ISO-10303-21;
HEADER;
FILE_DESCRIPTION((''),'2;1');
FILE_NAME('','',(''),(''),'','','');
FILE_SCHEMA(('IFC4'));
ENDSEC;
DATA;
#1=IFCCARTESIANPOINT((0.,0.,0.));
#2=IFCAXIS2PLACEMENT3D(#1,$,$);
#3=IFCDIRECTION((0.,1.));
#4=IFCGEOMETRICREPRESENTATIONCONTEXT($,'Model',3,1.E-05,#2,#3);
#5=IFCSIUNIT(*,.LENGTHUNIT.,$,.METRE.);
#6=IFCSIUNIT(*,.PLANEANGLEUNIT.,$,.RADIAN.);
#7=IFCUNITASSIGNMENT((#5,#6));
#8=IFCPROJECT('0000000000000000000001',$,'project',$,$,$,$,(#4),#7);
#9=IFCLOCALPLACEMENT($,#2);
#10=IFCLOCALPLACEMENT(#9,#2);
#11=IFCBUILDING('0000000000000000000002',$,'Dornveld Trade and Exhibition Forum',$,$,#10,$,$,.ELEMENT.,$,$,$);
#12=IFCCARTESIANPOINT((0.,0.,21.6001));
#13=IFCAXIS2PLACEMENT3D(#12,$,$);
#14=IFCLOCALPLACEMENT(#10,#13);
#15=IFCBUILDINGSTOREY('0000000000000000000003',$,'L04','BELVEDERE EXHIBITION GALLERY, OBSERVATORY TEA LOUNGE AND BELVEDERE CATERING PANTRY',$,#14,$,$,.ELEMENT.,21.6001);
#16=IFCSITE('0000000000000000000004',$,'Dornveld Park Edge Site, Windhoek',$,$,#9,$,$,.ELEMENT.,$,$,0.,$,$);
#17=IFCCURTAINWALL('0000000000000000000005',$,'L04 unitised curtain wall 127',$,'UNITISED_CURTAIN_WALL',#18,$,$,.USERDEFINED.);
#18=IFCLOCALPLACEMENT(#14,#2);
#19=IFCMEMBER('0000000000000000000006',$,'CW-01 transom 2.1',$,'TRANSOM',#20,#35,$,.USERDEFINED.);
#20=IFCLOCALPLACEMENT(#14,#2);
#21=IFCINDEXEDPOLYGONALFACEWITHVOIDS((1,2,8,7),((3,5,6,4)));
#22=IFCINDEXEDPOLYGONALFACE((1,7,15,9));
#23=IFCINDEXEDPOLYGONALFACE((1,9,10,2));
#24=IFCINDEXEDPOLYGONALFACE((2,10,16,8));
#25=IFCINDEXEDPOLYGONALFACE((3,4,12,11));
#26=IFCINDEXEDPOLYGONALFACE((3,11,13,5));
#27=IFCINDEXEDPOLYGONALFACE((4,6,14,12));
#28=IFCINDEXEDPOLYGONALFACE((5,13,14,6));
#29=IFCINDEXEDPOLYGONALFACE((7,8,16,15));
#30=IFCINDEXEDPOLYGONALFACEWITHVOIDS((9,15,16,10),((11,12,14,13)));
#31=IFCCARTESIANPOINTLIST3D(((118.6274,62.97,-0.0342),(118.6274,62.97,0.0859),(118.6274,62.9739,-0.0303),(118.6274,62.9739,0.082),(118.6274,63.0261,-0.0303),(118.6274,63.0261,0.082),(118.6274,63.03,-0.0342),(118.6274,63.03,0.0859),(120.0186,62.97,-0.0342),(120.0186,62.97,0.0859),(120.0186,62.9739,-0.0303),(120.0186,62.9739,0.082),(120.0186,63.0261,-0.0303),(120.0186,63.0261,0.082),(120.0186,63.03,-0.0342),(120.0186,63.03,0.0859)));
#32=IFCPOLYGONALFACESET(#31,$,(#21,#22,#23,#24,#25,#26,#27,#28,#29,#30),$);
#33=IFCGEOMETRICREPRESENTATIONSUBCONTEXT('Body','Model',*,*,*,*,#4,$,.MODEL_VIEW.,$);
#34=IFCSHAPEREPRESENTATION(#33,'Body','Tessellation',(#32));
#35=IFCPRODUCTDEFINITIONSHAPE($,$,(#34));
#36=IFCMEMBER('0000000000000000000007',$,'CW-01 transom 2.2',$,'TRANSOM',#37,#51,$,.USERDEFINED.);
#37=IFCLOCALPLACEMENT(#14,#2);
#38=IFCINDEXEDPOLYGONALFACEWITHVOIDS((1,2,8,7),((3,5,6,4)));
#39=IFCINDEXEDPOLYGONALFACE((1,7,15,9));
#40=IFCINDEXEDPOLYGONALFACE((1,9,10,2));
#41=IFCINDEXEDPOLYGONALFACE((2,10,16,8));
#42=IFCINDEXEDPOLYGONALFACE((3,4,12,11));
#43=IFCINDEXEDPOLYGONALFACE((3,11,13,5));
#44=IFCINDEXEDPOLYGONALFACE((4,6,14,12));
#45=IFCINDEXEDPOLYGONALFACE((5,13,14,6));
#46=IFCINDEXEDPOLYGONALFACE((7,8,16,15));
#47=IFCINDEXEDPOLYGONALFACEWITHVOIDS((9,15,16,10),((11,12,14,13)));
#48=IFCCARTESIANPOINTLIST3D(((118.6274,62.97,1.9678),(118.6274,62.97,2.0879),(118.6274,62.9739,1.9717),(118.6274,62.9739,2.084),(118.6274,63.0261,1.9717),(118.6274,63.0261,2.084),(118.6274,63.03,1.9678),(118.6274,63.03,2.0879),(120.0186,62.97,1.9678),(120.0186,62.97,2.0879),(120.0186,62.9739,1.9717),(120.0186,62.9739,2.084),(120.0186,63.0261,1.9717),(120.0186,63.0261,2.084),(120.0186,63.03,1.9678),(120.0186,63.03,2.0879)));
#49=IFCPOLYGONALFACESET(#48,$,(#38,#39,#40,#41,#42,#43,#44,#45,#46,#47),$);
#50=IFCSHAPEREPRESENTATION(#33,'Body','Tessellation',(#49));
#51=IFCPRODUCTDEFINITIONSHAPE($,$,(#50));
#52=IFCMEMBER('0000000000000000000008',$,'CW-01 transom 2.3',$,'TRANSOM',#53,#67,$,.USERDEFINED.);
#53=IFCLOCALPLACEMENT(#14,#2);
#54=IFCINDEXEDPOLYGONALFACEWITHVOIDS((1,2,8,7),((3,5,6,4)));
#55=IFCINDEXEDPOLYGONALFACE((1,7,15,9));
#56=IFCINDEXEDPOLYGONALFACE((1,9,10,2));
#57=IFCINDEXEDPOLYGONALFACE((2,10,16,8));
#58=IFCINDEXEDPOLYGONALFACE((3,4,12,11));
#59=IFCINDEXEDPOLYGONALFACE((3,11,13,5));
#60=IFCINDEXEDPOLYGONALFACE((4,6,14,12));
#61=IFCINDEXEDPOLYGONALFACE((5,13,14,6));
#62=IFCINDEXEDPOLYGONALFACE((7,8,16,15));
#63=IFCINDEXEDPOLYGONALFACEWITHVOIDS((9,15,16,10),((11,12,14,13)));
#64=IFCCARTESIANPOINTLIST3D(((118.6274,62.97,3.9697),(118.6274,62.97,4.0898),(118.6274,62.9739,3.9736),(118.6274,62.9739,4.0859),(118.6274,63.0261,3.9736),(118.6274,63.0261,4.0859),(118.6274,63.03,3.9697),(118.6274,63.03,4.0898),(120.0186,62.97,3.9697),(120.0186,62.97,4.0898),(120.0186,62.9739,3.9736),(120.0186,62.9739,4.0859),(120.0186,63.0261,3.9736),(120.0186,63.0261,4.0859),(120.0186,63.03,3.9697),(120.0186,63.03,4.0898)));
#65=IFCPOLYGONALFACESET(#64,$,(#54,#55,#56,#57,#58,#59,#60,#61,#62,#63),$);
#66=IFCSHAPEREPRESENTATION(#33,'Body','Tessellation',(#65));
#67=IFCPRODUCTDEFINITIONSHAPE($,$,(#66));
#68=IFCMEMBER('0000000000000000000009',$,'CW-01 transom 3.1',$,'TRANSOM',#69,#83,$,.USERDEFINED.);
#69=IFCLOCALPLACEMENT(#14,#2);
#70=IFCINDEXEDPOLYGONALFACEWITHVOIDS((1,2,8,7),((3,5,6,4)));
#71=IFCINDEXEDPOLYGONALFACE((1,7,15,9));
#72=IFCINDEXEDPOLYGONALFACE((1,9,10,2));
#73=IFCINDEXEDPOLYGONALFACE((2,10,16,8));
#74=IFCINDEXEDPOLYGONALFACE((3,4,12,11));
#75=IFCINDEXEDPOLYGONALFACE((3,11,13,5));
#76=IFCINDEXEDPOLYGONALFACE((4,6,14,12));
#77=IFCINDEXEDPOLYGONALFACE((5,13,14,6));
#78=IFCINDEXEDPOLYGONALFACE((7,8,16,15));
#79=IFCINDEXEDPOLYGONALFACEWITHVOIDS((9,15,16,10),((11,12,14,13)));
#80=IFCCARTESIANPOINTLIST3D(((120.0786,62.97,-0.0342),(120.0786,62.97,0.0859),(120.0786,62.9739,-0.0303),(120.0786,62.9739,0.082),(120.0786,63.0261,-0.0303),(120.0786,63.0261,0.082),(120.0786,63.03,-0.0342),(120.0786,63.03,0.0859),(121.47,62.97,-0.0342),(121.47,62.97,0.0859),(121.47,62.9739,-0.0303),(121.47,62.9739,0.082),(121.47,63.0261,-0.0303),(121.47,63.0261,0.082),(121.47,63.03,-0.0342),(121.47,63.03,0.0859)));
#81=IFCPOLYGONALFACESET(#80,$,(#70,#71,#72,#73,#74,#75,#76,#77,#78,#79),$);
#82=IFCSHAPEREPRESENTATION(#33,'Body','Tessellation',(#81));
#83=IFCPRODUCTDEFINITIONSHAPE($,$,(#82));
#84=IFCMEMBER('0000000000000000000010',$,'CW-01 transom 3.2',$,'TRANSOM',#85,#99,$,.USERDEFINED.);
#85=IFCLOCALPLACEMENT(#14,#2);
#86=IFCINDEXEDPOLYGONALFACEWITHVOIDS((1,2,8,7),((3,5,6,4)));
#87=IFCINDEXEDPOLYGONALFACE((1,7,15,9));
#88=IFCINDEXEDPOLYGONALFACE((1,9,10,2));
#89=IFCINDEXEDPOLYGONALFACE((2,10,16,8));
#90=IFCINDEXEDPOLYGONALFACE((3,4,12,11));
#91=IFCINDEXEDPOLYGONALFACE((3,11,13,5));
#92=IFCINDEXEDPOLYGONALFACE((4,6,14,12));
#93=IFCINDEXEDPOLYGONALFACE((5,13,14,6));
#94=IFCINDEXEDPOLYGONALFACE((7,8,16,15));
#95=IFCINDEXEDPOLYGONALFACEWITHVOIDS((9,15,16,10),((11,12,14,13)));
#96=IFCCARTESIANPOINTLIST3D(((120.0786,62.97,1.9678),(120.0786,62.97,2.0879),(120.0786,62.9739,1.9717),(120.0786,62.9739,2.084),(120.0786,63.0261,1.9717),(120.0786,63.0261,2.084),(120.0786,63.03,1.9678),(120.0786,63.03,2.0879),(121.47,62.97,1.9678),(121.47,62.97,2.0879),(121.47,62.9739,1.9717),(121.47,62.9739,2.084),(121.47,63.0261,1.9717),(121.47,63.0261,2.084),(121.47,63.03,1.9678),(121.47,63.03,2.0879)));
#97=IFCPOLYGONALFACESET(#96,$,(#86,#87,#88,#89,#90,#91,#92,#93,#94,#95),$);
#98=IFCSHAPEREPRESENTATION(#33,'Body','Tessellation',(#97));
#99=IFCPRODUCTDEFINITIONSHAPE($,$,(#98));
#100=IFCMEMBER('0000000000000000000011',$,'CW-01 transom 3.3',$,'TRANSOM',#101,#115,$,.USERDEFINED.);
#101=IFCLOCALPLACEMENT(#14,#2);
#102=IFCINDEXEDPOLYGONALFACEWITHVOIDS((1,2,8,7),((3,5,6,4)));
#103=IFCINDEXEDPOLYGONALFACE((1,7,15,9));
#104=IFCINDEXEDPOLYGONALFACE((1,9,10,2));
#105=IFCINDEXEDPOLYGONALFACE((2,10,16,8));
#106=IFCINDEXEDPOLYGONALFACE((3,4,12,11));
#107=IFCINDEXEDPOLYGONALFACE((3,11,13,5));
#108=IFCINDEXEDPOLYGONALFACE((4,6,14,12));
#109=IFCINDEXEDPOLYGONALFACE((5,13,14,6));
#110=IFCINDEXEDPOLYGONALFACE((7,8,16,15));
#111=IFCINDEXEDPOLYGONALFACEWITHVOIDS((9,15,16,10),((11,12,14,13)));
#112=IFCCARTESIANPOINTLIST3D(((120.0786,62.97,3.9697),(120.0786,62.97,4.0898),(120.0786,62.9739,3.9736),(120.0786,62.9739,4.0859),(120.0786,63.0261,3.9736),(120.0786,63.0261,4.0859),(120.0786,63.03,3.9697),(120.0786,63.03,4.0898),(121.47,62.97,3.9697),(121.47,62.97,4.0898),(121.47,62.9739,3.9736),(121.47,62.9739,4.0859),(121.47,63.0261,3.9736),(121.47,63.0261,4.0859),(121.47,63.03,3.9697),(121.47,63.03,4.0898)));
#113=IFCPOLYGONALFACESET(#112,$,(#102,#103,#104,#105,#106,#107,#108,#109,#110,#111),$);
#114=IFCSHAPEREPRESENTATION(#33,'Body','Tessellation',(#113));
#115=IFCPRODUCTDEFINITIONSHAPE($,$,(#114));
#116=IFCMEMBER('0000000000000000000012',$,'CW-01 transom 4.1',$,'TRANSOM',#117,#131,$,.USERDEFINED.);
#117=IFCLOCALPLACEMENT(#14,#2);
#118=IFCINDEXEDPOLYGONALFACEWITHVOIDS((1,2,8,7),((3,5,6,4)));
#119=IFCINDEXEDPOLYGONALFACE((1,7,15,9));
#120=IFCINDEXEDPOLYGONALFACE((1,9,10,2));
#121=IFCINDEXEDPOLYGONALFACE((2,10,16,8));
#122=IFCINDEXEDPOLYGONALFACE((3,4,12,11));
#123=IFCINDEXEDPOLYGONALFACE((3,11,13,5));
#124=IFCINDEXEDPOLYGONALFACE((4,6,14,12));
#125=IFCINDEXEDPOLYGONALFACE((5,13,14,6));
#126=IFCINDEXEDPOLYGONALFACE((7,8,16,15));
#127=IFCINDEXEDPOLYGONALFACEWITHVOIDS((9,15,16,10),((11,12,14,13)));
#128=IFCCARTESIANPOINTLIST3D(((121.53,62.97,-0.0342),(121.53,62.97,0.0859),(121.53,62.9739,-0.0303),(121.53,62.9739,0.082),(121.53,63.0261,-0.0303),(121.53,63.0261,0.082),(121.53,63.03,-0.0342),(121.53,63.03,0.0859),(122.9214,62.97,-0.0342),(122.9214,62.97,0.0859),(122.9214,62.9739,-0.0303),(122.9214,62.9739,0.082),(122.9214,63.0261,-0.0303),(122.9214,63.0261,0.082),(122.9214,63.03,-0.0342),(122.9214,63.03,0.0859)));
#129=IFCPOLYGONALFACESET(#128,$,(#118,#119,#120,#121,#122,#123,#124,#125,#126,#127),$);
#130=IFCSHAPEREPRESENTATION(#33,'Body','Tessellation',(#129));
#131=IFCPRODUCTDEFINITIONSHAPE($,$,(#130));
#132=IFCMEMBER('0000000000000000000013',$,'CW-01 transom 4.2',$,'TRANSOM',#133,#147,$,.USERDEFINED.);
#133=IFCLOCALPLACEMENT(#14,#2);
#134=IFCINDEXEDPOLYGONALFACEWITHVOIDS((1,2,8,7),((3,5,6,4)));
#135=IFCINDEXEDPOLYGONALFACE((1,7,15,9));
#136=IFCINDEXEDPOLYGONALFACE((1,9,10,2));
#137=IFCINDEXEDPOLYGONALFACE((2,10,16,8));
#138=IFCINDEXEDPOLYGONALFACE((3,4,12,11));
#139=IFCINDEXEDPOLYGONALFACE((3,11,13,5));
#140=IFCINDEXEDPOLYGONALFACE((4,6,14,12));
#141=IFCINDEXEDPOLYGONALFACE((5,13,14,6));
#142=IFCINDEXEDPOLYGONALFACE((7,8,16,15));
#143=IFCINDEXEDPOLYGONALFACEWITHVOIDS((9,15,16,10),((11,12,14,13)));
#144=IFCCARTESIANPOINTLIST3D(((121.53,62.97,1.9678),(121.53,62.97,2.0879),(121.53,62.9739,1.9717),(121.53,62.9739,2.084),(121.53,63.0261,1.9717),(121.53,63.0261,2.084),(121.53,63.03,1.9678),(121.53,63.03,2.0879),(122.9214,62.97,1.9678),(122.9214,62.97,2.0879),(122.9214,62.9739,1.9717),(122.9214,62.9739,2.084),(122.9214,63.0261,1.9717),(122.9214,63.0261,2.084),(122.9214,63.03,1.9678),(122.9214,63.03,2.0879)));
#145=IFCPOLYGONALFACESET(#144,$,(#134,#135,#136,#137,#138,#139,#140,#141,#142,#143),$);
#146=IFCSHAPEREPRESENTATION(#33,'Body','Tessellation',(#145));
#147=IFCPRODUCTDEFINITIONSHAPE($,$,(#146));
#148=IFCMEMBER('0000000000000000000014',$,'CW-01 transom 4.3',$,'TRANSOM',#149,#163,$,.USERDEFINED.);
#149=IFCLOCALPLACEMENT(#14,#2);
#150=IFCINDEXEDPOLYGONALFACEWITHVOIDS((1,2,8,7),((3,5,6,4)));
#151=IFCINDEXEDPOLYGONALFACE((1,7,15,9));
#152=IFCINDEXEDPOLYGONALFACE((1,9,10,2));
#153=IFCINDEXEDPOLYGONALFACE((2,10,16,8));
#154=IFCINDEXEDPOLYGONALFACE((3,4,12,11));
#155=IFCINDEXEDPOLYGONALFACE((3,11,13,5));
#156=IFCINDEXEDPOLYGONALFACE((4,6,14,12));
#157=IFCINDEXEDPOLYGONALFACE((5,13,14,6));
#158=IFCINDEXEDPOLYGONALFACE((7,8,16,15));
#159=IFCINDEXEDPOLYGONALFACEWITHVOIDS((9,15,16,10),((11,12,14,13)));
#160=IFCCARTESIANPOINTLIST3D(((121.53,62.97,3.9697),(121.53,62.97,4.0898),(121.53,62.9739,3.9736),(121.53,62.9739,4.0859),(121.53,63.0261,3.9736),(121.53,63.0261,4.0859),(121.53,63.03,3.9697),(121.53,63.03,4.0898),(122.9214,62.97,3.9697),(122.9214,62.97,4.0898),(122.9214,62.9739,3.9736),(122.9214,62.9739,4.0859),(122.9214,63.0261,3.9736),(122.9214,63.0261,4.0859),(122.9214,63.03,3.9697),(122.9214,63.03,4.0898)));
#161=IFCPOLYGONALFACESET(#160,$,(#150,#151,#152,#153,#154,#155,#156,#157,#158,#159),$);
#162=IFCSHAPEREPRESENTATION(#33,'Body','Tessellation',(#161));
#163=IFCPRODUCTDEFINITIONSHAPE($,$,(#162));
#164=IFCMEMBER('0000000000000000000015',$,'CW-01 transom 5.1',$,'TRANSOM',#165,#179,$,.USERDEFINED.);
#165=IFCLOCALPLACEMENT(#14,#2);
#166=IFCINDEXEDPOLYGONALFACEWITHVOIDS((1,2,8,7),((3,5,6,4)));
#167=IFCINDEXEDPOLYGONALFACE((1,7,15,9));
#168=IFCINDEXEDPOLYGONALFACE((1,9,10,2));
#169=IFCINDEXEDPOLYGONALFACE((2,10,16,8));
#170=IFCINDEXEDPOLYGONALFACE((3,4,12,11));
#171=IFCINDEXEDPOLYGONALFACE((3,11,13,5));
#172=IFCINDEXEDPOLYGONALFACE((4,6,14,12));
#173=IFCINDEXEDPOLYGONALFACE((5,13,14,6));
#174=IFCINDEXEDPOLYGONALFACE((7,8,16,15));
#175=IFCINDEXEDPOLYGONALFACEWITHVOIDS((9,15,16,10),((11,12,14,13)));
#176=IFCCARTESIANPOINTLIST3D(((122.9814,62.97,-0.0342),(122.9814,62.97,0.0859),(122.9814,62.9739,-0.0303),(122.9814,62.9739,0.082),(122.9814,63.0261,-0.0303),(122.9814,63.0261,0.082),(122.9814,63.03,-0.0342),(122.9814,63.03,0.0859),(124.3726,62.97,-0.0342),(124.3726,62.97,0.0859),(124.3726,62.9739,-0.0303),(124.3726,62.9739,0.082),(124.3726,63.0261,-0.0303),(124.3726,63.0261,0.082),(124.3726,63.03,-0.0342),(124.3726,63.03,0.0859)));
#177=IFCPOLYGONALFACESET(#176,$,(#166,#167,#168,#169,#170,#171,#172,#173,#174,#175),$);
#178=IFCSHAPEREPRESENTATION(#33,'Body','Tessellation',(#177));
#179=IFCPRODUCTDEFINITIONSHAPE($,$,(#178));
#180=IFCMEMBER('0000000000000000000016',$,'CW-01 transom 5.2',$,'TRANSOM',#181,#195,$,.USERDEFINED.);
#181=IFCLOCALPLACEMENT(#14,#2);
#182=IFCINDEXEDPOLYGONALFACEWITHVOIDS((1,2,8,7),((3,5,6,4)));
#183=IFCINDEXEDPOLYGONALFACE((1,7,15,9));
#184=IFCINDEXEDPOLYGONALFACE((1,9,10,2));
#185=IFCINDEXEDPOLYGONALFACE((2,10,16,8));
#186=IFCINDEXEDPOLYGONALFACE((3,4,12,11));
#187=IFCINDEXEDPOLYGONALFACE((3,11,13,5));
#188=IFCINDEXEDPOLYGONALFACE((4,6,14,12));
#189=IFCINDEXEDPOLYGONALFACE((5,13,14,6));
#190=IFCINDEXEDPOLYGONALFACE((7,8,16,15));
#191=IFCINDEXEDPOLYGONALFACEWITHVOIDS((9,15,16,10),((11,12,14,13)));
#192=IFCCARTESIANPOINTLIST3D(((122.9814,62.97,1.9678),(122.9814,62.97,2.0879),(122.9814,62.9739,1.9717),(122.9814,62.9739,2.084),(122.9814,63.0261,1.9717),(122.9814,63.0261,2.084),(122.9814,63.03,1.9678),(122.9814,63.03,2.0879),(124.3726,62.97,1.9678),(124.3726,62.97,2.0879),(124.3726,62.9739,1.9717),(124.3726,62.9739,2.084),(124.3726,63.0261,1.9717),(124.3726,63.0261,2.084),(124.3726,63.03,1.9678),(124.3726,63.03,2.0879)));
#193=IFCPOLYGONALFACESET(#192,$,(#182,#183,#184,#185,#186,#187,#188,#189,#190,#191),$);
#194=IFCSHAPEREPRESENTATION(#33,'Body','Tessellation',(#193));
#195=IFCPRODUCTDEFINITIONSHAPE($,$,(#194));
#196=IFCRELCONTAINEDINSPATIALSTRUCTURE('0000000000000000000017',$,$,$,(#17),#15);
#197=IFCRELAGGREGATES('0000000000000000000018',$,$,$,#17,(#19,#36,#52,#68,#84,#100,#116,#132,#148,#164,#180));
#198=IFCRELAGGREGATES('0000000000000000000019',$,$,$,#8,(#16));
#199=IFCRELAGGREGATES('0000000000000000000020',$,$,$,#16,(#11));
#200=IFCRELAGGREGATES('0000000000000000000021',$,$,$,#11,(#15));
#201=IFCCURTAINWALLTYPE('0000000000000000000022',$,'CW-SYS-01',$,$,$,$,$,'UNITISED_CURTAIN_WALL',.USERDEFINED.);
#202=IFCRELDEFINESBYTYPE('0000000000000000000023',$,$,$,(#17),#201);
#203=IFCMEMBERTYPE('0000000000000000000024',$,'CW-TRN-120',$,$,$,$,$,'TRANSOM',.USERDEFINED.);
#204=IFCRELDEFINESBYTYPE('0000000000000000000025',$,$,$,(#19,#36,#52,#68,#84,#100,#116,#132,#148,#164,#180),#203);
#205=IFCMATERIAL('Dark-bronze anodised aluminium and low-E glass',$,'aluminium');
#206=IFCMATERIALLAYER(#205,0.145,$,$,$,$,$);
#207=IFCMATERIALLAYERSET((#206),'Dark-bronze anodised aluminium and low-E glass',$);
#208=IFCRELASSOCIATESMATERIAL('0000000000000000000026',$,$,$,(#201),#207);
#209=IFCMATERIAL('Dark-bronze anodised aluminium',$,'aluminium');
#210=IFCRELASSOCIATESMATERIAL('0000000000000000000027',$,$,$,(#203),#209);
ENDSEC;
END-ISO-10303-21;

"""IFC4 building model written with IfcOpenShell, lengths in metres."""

from ifc_helpers import new_model, si_unit, direction, frame, origin, origin_2d, place, context, subcontext, project, spatial, hollow_rectangle, extrude, material, layer, layer_set, material_profile, profile_set, type_object, element, aggregate, save


model = new_model("IFC4")

# Units and contexts
model_context = context("Model", 3, precision=1e-05, world=origin(), true_north=direction((0.0, 1.0)))
body_context = subcontext(model_context, "Body", "Model", "MODEL_VIEW")
ifc_project = project(units=[si_unit("LENGTHUNIT", "METRE"), si_unit("PLANEANGLEUNIT", "RADIAN")], contexts=[model_context])

# Site, building, storey
site_placement = place(None, origin())
site = spatial("IfcSite", under=ifc_project, at=site_placement, Name="Dornveld Park Edge Site, Windhoek", CompositionType="ELEMENT", RefElevation=0.0)
building_placement = place(site_placement, origin())
building = spatial("IfcBuilding", under=site, at=building_placement, Name="Dornveld Trade and Exhibition Forum", CompositionType="ELEMENT")
storey_placement = place(building_placement, frame((0.0, 0.0, 21.6001)))
storey = spatial("IfcBuildingStorey", under=building, at=storey_placement, Name="L04", Description="BELVEDERE EXHIBITION GALLERY, OBSERVATORY TEA LOUNGE AND BELVEDERE CATERING PANTRY", CompositionType="ELEMENT", Elevation=21.6001)

# Curtain wall, members
ifc_material_1 = material(Name="Dark-bronze anodised aluminium and low-E glass", Category="aluminium")
ifc_layer_1 = layer(ifc_material_1, 0.145)
ifc_layer_set_1 = layer_set([ifc_layer_1], Name="Dark-bronze anodised aluminium and low-E glass")
curtain_wall_type = type_object("IfcCurtainWallType", Name="CW-SYS-01", ElementType="UNITISED_CURTAIN_WALL", PredefinedType="USERDEFINED", material=ifc_layer_set_1)
curtain_wall_placement = place(storey_placement, origin())
curtain_wall = element("IfcCurtainWall", 1, at=curtain_wall_placement, inside=storey, type_object=curtain_wall_type, Name="L04 unitised curtain wall 127", ObjectType="UNITISED_CURTAIN_WALL", PredefinedType="USERDEFINED")
ifc_material_2 = material(Name="Dark-bronze anodised aluminium", Category="aluminium")
ifc_material_profile_1 = material_profile(ifc_material_2, hollow_rectangle(XDim=0.0601, YDim=0.1201, WallThickness=0.0039, at=origin_2d()), Name="RHS 120x60x4")
ifc_profile_set_1 = profile_set([ifc_material_profile_1], Name="Dark-bronze anodised aluminium")
member_type_1 = type_object("IfcMemberType", Name="CW-TRN-120", ElementType="TRANSOM", PredefinedType="USERDEFINED", material=ifc_profile_set_1)
member_1_placement = place(storey_placement, frame((118.6274, 63.0, 0.0259), z_axis=(1.0, 0.0, 0.0), x_axis=(0.0, 1.0, 0.0)))
member_1 = element("IfcMember", 2, at=member_1_placement, type_object=member_type_1, Name="CW-01 transom 2.1", ObjectType="TRANSOM", PredefinedType="USERDEFINED", context=body_context, shape_type="SweptSolid", body=[
    extrude(hollow_rectangle(XDim=0.0601, YDim=0.1201, WallThickness=0.0039, at=origin_2d()), origin(), (0.0, 0.0, 1.0), 1.3911),
])
member_2_placement = place(storey_placement, frame((118.6274, 63.0, 2.0278), z_axis=(1.0, 0.0, 0.0), x_axis=(0.0, 1.0, 0.0)))
member_2 = element("IfcMember", 3, at=member_2_placement, type_object=member_type_1, Name="CW-01 transom 2.2", ObjectType="TRANSOM", PredefinedType="USERDEFINED", context=body_context, shape_type="SweptSolid", body=[
    extrude(hollow_rectangle(XDim=0.0601, YDim=0.1201, WallThickness=0.0039, at=origin_2d()), origin(), (0.0, 0.0, 1.0), 1.3911),
])
member_3_placement = place(storey_placement, frame((118.6274, 63.0, 4.0298), z_axis=(1.0, 0.0, 0.0), x_axis=(0.0, 1.0, 0.0)))
member_3 = element("IfcMember", 4, at=member_3_placement, type_object=member_type_1, Name="CW-01 transom 2.3", ObjectType="TRANSOM", PredefinedType="USERDEFINED", context=body_context, shape_type="SweptSolid", body=[
    extrude(hollow_rectangle(XDim=0.0601, YDim=0.1201, WallThickness=0.0039, at=origin_2d()), origin(), (0.0, 0.0, 1.0), 1.3911),
])
member_4_placement = place(storey_placement, frame((120.0786, 63.0, 0.0259), z_axis=(1.0, 0.0, 0.0), x_axis=(0.0, 1.0, 0.0)))
member_4 = element("IfcMember", 5, at=member_4_placement, type_object=member_type_1, Name="CW-01 transom 3.1", ObjectType="TRANSOM", PredefinedType="USERDEFINED", context=body_context, shape_type="SweptSolid", body=[
    extrude(hollow_rectangle(XDim=0.0601, YDim=0.1201, WallThickness=0.0039, at=origin_2d()), origin(), (0.0, 0.0, 1.0), 1.3914),
])
member_5_placement = place(storey_placement, frame((120.0786, 63.0, 2.0278), z_axis=(1.0, 0.0, 0.0), x_axis=(0.0, 1.0, 0.0)))
member_5 = element("IfcMember", 6, at=member_5_placement, type_object=member_type_1, Name="CW-01 transom 3.2", ObjectType="TRANSOM", PredefinedType="USERDEFINED", context=body_context, shape_type="SweptSolid", body=[
    extrude(hollow_rectangle(XDim=0.0601, YDim=0.1201, WallThickness=0.0039, at=origin_2d()), origin(), (0.0, 0.0, 1.0), 1.3914),
])
member_6_placement = place(storey_placement, frame((120.0786, 63.0, 4.0298), z_axis=(1.0, 0.0, 0.0), x_axis=(0.0, 1.0, 0.0)))
member_6 = element("IfcMember", 7, at=member_6_placement, type_object=member_type_1, Name="CW-01 transom 3.3", ObjectType="TRANSOM", PredefinedType="USERDEFINED", context=body_context, shape_type="SweptSolid", body=[
    extrude(hollow_rectangle(XDim=0.0601, YDim=0.1201, WallThickness=0.0039, at=origin_2d()), origin(), (0.0, 0.0, 1.0), 1.3914),
])
member_7_placement = place(storey_placement, frame((121.53, 63.0, 0.0259), z_axis=(1.0, 0.0, 0.0), x_axis=(0.0, 1.0, 0.0)))
member_7 = element("IfcMember", 8, at=member_7_placement, type_object=member_type_1, Name="CW-01 transom 4.1", ObjectType="TRANSOM", PredefinedType="USERDEFINED", context=body_context, shape_type="SweptSolid", body=[
    extrude(hollow_rectangle(XDim=0.0601, YDim=0.1201, WallThickness=0.0039, at=origin_2d()), origin(), (0.0, 0.0, 1.0), 1.3914),
])
member_8_placement = place(storey_placement, frame((121.53, 63.0, 2.0278), z_axis=(1.0, 0.0, 0.0), x_axis=(0.0, 1.0, 0.0)))
member_8 = element("IfcMember", 9, at=member_8_placement, type_object=member_type_1, Name="CW-01 transom 4.2", ObjectType="TRANSOM", PredefinedType="USERDEFINED", context=body_context, shape_type="SweptSolid", body=[
    extrude(hollow_rectangle(XDim=0.0601, YDim=0.1201, WallThickness=0.0039, at=origin_2d()), origin(), (0.0, 0.0, 1.0), 1.3914),
])
member_9_placement = place(storey_placement, frame((121.53, 63.0, 4.0298), z_axis=(1.0, 0.0, 0.0), x_axis=(0.0, 1.0, 0.0)))
member_9 = element("IfcMember", 10, at=member_9_placement, type_object=member_type_1, Name="CW-01 transom 4.3", ObjectType="TRANSOM", PredefinedType="USERDEFINED", context=body_context, shape_type="SweptSolid", body=[
    extrude(hollow_rectangle(XDim=0.0601, YDim=0.1201, WallThickness=0.0039, at=origin_2d()), origin(), (0.0, 0.0, 1.0), 1.3914),
])
member_10_placement = place(storey_placement, frame((122.9814, 63.0, 0.0259), z_axis=(1.0, 0.0, 0.0), x_axis=(0.0, 1.0, 0.0)))
member_10 = element("IfcMember", 11, at=member_10_placement, type_object=member_type_1, Name="CW-01 transom 5.1", ObjectType="TRANSOM", PredefinedType="USERDEFINED", context=body_context, shape_type="SweptSolid", body=[
    extrude(hollow_rectangle(XDim=0.0601, YDim=0.1201, WallThickness=0.0039, at=origin_2d()), origin(), (0.0, 0.0, 1.0), 1.3911),
])
member_11_placement = place(storey_placement, frame((122.9814, 63.0, 2.0278), z_axis=(1.0, 0.0, 0.0), x_axis=(0.0, 1.0, 0.0)))
member_11 = element("IfcMember", 12, at=member_11_placement, type_object=member_type_1, Name="CW-01 transom 5.2", ObjectType="TRANSOM", PredefinedType="USERDEFINED", context=body_context, shape_type="SweptSolid", body=[
    extrude(hollow_rectangle(XDim=0.0601, YDim=0.1201, WallThickness=0.0039, at=origin_2d()), origin(), (0.0, 0.0, 1.0), 1.3911),
])
aggregate(curtain_wall, [member_1, member_2, member_3, member_4, member_5, member_6, member_7, member_8, member_9, member_10, member_11])

save(model, "model.ifc")
